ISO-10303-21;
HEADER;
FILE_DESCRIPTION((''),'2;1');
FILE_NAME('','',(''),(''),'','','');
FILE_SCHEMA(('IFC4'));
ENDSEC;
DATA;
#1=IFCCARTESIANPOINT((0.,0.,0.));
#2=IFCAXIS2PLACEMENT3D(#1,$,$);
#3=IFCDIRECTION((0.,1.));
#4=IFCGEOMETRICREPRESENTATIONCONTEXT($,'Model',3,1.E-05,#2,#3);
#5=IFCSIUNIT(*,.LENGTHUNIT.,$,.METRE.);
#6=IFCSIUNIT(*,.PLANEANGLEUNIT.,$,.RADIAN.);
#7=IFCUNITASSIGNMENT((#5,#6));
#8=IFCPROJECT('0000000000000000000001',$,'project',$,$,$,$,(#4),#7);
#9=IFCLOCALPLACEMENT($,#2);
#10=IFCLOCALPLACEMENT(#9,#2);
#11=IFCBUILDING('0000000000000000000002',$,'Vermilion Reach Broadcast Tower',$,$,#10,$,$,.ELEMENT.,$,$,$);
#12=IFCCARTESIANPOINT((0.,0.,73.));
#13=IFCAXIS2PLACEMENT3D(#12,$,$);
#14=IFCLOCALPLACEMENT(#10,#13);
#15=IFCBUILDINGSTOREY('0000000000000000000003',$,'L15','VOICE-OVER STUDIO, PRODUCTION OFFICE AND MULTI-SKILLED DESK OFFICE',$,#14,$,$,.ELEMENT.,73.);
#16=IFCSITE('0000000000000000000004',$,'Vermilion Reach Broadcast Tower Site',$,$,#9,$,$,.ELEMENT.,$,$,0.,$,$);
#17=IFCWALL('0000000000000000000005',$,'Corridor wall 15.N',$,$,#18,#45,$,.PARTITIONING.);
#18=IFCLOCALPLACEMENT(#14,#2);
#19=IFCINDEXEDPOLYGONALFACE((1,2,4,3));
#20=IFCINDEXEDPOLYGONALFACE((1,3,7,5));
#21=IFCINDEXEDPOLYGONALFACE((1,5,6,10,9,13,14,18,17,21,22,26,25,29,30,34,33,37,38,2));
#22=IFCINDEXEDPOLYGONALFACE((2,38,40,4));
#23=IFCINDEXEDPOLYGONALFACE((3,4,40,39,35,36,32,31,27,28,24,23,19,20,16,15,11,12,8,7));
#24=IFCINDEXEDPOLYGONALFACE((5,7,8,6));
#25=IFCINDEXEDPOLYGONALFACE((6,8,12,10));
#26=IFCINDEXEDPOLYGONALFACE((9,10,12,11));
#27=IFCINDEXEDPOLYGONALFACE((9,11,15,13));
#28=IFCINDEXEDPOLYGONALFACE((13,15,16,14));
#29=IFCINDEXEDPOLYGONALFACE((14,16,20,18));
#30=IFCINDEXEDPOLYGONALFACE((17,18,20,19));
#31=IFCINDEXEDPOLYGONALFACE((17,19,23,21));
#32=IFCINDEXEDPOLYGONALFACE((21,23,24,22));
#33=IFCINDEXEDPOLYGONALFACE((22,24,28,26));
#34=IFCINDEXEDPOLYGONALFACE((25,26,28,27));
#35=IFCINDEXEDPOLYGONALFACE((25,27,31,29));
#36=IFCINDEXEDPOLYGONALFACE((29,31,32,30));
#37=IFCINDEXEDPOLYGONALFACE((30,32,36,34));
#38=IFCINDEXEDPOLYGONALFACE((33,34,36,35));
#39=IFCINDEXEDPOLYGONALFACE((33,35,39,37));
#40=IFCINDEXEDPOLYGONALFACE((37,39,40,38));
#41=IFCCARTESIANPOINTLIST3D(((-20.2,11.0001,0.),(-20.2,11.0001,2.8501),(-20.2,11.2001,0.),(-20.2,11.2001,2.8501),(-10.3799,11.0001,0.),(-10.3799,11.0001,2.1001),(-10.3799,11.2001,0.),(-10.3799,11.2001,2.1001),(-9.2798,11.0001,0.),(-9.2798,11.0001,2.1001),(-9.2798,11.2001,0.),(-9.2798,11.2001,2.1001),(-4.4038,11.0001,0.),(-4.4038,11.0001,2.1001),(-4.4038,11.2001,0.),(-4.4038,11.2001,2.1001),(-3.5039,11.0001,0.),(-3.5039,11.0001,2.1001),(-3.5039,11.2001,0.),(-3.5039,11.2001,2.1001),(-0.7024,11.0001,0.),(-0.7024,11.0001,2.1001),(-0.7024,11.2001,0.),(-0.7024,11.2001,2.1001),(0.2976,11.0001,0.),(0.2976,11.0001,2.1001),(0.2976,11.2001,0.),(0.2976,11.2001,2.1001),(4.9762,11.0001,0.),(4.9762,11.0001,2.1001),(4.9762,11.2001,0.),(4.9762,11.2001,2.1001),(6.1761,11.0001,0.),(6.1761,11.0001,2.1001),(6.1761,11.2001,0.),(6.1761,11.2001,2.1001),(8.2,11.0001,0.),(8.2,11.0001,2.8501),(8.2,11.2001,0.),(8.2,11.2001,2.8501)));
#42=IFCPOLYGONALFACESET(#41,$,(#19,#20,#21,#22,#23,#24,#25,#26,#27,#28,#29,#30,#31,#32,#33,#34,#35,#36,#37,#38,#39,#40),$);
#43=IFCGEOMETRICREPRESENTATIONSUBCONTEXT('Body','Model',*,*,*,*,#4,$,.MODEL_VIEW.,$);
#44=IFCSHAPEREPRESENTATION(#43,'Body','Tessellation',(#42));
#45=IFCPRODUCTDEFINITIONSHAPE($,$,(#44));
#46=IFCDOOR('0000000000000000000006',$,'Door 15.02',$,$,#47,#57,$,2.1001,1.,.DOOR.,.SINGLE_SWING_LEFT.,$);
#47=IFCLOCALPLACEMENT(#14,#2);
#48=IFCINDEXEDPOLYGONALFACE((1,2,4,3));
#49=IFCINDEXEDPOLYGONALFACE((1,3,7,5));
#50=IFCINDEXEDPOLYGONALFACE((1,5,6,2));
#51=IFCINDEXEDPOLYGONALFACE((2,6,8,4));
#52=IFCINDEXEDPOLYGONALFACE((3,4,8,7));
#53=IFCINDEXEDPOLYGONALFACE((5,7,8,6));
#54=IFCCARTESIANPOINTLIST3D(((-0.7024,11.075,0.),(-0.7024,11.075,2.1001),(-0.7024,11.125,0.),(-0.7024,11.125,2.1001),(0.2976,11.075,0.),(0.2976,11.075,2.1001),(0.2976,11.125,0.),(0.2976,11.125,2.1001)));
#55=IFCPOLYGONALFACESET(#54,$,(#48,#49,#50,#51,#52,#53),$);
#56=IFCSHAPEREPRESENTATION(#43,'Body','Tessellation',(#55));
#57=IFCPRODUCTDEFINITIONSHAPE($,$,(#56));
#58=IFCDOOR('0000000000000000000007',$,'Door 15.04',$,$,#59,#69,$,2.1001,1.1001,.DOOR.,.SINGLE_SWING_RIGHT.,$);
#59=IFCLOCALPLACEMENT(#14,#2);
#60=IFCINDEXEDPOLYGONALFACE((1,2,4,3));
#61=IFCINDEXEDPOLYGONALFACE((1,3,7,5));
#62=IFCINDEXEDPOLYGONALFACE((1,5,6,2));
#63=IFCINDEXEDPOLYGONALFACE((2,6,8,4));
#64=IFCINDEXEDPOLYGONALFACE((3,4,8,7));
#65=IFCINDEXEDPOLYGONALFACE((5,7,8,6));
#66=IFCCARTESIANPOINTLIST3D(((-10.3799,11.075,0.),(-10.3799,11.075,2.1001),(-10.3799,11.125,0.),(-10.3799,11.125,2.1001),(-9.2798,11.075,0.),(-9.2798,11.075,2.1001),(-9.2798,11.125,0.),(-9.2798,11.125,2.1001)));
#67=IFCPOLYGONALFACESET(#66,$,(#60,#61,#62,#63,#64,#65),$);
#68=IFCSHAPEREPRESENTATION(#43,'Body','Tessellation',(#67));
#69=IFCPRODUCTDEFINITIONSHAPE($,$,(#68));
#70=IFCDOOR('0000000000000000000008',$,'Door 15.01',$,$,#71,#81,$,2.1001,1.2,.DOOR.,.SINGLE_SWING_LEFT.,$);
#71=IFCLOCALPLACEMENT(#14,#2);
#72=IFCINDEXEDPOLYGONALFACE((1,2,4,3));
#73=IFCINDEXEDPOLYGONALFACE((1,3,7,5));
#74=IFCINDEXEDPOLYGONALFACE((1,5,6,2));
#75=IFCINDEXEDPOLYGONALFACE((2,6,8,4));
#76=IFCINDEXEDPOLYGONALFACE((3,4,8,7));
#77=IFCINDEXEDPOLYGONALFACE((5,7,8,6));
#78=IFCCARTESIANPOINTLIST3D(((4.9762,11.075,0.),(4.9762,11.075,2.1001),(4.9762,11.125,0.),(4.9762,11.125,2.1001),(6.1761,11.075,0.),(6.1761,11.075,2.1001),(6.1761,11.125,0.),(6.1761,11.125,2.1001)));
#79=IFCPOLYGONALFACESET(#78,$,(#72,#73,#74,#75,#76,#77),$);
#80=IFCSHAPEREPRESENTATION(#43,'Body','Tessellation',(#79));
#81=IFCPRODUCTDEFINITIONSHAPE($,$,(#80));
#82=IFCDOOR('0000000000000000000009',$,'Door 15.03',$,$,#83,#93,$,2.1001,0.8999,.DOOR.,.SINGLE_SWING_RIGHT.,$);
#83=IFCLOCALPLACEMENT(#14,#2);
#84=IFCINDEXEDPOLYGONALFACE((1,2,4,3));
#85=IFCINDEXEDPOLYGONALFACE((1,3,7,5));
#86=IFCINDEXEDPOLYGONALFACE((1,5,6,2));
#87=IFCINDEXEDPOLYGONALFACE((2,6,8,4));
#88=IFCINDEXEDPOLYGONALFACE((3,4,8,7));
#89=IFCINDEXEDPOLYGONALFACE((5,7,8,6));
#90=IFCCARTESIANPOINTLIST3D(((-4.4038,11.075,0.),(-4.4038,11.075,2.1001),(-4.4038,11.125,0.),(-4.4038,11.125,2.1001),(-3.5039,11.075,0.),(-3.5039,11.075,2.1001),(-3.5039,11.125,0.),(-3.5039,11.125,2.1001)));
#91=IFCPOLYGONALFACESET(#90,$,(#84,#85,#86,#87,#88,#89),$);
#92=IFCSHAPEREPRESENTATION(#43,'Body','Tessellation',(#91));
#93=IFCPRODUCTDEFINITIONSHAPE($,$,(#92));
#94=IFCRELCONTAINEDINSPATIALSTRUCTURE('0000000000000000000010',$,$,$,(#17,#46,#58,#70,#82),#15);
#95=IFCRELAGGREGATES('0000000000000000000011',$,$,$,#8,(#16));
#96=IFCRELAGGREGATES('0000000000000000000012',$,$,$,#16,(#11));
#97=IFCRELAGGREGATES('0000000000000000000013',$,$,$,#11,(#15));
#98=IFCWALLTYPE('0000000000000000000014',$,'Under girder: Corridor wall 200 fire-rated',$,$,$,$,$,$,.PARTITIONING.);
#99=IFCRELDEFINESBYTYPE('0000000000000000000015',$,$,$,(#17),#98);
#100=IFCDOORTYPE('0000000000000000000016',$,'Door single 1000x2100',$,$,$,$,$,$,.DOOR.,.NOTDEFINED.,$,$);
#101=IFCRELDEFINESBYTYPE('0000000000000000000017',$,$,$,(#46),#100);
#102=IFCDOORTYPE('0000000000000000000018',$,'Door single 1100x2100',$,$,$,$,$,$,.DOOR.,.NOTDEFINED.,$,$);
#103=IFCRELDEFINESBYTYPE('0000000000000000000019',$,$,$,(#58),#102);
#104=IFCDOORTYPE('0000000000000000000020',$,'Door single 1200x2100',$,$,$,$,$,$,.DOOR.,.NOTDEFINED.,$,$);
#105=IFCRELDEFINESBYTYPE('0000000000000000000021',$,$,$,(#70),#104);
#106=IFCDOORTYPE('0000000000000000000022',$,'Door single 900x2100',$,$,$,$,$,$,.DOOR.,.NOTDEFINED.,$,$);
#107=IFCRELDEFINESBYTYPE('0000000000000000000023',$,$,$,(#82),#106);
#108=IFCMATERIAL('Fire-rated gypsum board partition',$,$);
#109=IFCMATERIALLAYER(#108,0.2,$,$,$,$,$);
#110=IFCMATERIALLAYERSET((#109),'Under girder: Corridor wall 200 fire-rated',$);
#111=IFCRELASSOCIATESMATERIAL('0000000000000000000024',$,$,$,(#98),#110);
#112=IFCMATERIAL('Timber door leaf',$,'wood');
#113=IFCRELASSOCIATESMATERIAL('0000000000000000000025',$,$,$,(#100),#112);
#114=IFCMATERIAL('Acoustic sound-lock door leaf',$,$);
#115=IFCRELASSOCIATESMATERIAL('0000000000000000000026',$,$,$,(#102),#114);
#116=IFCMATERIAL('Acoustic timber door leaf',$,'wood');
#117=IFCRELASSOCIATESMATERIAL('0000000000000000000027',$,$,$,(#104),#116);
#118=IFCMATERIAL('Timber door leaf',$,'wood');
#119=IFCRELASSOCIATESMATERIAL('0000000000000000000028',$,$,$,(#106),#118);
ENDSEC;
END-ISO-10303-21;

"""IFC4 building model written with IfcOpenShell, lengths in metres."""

from ifc_helpers import new_model, si_unit, direction, frame, frame_2d, origin, place, context, subcontext, project, spatial, rectangle, extrude, material, layer, layer_set, type_object, element, fill, save


model = new_model("IFC4")

# Units and contexts
model_context = context("Model", 3, precision=1e-05, world=origin(), true_north=direction((0.0, 1.0)))
body_context = subcontext(model_context, "Body", "Model", "MODEL_VIEW")
ifc_project = project(units=[si_unit("LENGTHUNIT", "METRE"), si_unit("PLANEANGLEUNIT", "RADIAN")], contexts=[model_context])

# Site, building, storey
site_placement = place(None, origin())
site = spatial("IfcSite", under=ifc_project, at=site_placement, Name="Vermilion Reach Broadcast Tower Site", CompositionType="ELEMENT", RefElevation=0.0)
building_placement = place(site_placement, origin())
building = spatial("IfcBuilding", under=site, at=building_placement, Name="Vermilion Reach Broadcast Tower", CompositionType="ELEMENT")
storey_placement = place(building_placement, frame((0.0, 0.0, 73.0)))
storey = spatial("IfcBuildingStorey", under=building, at=storey_placement, Name="L15", Description="VOICE-OVER STUDIO, PRODUCTION OFFICE AND MULTI-SKILLED DESK OFFICE", CompositionType="ELEMENT", Elevation=73.0)

# Wall, openings, doors
ifc_material_1 = material(Name="Fire-rated gypsum board partition")
ifc_layer_1 = layer(ifc_material_1, 0.2)
ifc_layer_set_1 = layer_set([ifc_layer_1], Name="Under girder: Corridor wall 200 fire-rated")
wall_type_1 = type_object("IfcWallType", Name="Under girder: Corridor wall 200 fire-rated", PredefinedType="PARTITIONING", material=ifc_layer_set_1)
wall_1_placement = place(storey_placement, frame((-20.2, 11.1001, 0.0), z_axis=(0.0, 0.0, 1.0), x_axis=(1.0, 0.0, 0.0)))
wall_1 = element("IfcWall", 1, at=wall_1_placement, inside=storey, type_object=wall_type_1, Name="Corridor wall 15.N", PredefinedType="PARTITIONING", context=body_context, shape_type="SweptSolid", body=[
    extrude(rectangle(XDim=28.3999, YDim=0.2, at=frame_2d((14.2, 0.0))), origin(), (0.0, 0.0, 1.0), 2.8501),
])
opening_1_placement = place(wall_1_placement, frame((25.176, 0.0, 0.0)))
opening_1 = element("IfcOpeningElement", 2, at=opening_1_placement, cuts=wall_1, PredefinedType="OPENING", context=body_context, shape_type="SweptSolid", body=[
    extrude(rectangle(XDim=1.2, YDim=2.1001, at=frame_2d((0.6001, 1.05))), frame((0.0, 0.1099, 0.0), z_axis=(0.0, -1.0, 0.0), x_axis=(1.0, 0.0, 0.0)), (0.0, 0.0, 1.0), 0.22),
])
opening_2_placement = place(wall_1_placement, frame((19.4976, 0.0, 0.0)))
opening_2 = element("IfcOpeningElement", 3, at=opening_2_placement, cuts=wall_1, PredefinedType="OPENING", context=body_context, shape_type="SweptSolid", body=[
    extrude(rectangle(XDim=1.0, YDim=2.1001, at=frame_2d((0.5, 1.05))), frame((0.0, 0.1099, 0.0), z_axis=(0.0, -1.0, 0.0), x_axis=(1.0, 0.0, 0.0)), (0.0, 0.0, 1.0), 0.22),
])
opening_3_placement = place(wall_1_placement, frame((15.7961, 0.0, 0.0)))
opening_3 = element("IfcOpeningElement", 4, at=opening_3_placement, cuts=wall_1, PredefinedType="OPENING", context=body_context, shape_type="SweptSolid", body=[
    extrude(rectangle(XDim=0.8999, YDim=2.1001, at=frame_2d((0.45, 1.05))), frame((0.0, 0.1099, 0.0), z_axis=(0.0, -1.0, 0.0), x_axis=(1.0, 0.0, 0.0)), (0.0, 0.0, 1.0), 0.22),
])
opening_4_placement = place(wall_1_placement, frame((9.8201, 0.0, 0.0)))
opening_4 = element("IfcOpeningElement", 5, at=opening_4_placement, cuts=wall_1, PredefinedType="OPENING", context=body_context, shape_type="SweptSolid", body=[
    extrude(rectangle(XDim=1.1001, YDim=2.1001, at=frame_2d((0.55, 1.05))), frame((0.0, 0.1099, 0.0), z_axis=(0.0, -1.0, 0.0), x_axis=(1.0, 0.0, 0.0)), (0.0, 0.0, 1.0), 0.22),
])
ifc_material_2 = material(Name="Timber door leaf", Category="wood")
door_type_1 = type_object("IfcDoorType", Name="Door single 1000x2100", OperationType="NOTDEFINED", PredefinedType="DOOR", material=ifc_material_2)
door_1_placement = place(opening_2_placement, origin())
door_1 = element("IfcDoor", 6, at=door_1_placement, inside=storey, type_object=door_type_1, Name="Door 15.02", OperationType="SINGLE_SWING_LEFT", OverallHeight=2.1001, OverallWidth=1.0, PredefinedType="DOOR", context=body_context, shape_type="SweptSolid", body=[
    extrude(rectangle(XDim=1.0, YDim=2.1001, at=frame_2d((0.5, 1.05))), frame((0.0, 0.0249, 0.0), z_axis=(0.0, -1.0, 0.0), x_axis=(1.0, 0.0, 0.0)), (0.0, 0.0, 1.0), 0.05),
])
fill(opening_2, door_1)
ifc_material_3 = material(Name="Acoustic sound-lock door leaf")
door_type_2 = type_object("IfcDoorType", Name="Door single 1100x2100", OperationType="NOTDEFINED", PredefinedType="DOOR", material=ifc_material_3)
door_2_placement = place(opening_4_placement, origin())
door_2 = element("IfcDoor", 7, at=door_2_placement, inside=storey, type_object=door_type_2, Name="Door 15.04", OperationType="SINGLE_SWING_RIGHT", OverallHeight=2.1001, OverallWidth=1.1001, PredefinedType="DOOR", context=body_context, shape_type="SweptSolid", body=[
    extrude(rectangle(XDim=1.1001, YDim=2.1001, at=frame_2d((0.55, 1.05))), frame((0.0, 0.0249, 0.0), z_axis=(0.0, -1.0, 0.0), x_axis=(1.0, 0.0, 0.0)), (0.0, 0.0, 1.0), 0.05),
])
fill(opening_4, door_2)
ifc_material_4 = material(Name="Acoustic timber door leaf", Category="wood")
door_type_3 = type_object("IfcDoorType", Name="Door single 1200x2100", OperationType="NOTDEFINED", PredefinedType="DOOR", material=ifc_material_4)
door_3_placement = place(opening_1_placement, origin())
door_3 = element("IfcDoor", 8, at=door_3_placement, inside=storey, type_object=door_type_3, Name="Door 15.01", OperationType="SINGLE_SWING_LEFT", OverallHeight=2.1001, OverallWidth=1.2, PredefinedType="DOOR", context=body_context, shape_type="SweptSolid", body=[
    extrude(rectangle(XDim=1.2, YDim=2.1001, at=frame_2d((0.6001, 1.05))), frame((0.0, 0.0249, 0.0), z_axis=(0.0, -1.0, 0.0), x_axis=(1.0, 0.0, 0.0)), (0.0, 0.0, 1.0), 0.05),
])
fill(opening_1, door_3)
ifc_material_5 = material(Name="Timber door leaf", Category="wood")
door_type_4 = type_object("IfcDoorType", Name="Door single 900x2100", OperationType="NOTDEFINED", PredefinedType="DOOR", material=ifc_material_5)
door_4_placement = place(opening_3_placement, origin())
door_4 = element("IfcDoor", 9, at=door_4_placement, inside=storey, type_object=door_type_4, Name="Door 15.03", OperationType="SINGLE_SWING_RIGHT", OverallHeight=2.1001, OverallWidth=0.8999, PredefinedType="DOOR", context=body_context, shape_type="SweptSolid", body=[
    extrude(rectangle(XDim=0.8999, YDim=2.1001, at=frame_2d((0.45, 1.05))), frame((0.0, 0.0249, 0.0), z_axis=(0.0, -1.0, 0.0), x_axis=(1.0, 0.0, 0.0)), (0.0, 0.0, 1.0), 0.05),
])
fill(opening_3, door_4)

save(model, "model.ifc")
